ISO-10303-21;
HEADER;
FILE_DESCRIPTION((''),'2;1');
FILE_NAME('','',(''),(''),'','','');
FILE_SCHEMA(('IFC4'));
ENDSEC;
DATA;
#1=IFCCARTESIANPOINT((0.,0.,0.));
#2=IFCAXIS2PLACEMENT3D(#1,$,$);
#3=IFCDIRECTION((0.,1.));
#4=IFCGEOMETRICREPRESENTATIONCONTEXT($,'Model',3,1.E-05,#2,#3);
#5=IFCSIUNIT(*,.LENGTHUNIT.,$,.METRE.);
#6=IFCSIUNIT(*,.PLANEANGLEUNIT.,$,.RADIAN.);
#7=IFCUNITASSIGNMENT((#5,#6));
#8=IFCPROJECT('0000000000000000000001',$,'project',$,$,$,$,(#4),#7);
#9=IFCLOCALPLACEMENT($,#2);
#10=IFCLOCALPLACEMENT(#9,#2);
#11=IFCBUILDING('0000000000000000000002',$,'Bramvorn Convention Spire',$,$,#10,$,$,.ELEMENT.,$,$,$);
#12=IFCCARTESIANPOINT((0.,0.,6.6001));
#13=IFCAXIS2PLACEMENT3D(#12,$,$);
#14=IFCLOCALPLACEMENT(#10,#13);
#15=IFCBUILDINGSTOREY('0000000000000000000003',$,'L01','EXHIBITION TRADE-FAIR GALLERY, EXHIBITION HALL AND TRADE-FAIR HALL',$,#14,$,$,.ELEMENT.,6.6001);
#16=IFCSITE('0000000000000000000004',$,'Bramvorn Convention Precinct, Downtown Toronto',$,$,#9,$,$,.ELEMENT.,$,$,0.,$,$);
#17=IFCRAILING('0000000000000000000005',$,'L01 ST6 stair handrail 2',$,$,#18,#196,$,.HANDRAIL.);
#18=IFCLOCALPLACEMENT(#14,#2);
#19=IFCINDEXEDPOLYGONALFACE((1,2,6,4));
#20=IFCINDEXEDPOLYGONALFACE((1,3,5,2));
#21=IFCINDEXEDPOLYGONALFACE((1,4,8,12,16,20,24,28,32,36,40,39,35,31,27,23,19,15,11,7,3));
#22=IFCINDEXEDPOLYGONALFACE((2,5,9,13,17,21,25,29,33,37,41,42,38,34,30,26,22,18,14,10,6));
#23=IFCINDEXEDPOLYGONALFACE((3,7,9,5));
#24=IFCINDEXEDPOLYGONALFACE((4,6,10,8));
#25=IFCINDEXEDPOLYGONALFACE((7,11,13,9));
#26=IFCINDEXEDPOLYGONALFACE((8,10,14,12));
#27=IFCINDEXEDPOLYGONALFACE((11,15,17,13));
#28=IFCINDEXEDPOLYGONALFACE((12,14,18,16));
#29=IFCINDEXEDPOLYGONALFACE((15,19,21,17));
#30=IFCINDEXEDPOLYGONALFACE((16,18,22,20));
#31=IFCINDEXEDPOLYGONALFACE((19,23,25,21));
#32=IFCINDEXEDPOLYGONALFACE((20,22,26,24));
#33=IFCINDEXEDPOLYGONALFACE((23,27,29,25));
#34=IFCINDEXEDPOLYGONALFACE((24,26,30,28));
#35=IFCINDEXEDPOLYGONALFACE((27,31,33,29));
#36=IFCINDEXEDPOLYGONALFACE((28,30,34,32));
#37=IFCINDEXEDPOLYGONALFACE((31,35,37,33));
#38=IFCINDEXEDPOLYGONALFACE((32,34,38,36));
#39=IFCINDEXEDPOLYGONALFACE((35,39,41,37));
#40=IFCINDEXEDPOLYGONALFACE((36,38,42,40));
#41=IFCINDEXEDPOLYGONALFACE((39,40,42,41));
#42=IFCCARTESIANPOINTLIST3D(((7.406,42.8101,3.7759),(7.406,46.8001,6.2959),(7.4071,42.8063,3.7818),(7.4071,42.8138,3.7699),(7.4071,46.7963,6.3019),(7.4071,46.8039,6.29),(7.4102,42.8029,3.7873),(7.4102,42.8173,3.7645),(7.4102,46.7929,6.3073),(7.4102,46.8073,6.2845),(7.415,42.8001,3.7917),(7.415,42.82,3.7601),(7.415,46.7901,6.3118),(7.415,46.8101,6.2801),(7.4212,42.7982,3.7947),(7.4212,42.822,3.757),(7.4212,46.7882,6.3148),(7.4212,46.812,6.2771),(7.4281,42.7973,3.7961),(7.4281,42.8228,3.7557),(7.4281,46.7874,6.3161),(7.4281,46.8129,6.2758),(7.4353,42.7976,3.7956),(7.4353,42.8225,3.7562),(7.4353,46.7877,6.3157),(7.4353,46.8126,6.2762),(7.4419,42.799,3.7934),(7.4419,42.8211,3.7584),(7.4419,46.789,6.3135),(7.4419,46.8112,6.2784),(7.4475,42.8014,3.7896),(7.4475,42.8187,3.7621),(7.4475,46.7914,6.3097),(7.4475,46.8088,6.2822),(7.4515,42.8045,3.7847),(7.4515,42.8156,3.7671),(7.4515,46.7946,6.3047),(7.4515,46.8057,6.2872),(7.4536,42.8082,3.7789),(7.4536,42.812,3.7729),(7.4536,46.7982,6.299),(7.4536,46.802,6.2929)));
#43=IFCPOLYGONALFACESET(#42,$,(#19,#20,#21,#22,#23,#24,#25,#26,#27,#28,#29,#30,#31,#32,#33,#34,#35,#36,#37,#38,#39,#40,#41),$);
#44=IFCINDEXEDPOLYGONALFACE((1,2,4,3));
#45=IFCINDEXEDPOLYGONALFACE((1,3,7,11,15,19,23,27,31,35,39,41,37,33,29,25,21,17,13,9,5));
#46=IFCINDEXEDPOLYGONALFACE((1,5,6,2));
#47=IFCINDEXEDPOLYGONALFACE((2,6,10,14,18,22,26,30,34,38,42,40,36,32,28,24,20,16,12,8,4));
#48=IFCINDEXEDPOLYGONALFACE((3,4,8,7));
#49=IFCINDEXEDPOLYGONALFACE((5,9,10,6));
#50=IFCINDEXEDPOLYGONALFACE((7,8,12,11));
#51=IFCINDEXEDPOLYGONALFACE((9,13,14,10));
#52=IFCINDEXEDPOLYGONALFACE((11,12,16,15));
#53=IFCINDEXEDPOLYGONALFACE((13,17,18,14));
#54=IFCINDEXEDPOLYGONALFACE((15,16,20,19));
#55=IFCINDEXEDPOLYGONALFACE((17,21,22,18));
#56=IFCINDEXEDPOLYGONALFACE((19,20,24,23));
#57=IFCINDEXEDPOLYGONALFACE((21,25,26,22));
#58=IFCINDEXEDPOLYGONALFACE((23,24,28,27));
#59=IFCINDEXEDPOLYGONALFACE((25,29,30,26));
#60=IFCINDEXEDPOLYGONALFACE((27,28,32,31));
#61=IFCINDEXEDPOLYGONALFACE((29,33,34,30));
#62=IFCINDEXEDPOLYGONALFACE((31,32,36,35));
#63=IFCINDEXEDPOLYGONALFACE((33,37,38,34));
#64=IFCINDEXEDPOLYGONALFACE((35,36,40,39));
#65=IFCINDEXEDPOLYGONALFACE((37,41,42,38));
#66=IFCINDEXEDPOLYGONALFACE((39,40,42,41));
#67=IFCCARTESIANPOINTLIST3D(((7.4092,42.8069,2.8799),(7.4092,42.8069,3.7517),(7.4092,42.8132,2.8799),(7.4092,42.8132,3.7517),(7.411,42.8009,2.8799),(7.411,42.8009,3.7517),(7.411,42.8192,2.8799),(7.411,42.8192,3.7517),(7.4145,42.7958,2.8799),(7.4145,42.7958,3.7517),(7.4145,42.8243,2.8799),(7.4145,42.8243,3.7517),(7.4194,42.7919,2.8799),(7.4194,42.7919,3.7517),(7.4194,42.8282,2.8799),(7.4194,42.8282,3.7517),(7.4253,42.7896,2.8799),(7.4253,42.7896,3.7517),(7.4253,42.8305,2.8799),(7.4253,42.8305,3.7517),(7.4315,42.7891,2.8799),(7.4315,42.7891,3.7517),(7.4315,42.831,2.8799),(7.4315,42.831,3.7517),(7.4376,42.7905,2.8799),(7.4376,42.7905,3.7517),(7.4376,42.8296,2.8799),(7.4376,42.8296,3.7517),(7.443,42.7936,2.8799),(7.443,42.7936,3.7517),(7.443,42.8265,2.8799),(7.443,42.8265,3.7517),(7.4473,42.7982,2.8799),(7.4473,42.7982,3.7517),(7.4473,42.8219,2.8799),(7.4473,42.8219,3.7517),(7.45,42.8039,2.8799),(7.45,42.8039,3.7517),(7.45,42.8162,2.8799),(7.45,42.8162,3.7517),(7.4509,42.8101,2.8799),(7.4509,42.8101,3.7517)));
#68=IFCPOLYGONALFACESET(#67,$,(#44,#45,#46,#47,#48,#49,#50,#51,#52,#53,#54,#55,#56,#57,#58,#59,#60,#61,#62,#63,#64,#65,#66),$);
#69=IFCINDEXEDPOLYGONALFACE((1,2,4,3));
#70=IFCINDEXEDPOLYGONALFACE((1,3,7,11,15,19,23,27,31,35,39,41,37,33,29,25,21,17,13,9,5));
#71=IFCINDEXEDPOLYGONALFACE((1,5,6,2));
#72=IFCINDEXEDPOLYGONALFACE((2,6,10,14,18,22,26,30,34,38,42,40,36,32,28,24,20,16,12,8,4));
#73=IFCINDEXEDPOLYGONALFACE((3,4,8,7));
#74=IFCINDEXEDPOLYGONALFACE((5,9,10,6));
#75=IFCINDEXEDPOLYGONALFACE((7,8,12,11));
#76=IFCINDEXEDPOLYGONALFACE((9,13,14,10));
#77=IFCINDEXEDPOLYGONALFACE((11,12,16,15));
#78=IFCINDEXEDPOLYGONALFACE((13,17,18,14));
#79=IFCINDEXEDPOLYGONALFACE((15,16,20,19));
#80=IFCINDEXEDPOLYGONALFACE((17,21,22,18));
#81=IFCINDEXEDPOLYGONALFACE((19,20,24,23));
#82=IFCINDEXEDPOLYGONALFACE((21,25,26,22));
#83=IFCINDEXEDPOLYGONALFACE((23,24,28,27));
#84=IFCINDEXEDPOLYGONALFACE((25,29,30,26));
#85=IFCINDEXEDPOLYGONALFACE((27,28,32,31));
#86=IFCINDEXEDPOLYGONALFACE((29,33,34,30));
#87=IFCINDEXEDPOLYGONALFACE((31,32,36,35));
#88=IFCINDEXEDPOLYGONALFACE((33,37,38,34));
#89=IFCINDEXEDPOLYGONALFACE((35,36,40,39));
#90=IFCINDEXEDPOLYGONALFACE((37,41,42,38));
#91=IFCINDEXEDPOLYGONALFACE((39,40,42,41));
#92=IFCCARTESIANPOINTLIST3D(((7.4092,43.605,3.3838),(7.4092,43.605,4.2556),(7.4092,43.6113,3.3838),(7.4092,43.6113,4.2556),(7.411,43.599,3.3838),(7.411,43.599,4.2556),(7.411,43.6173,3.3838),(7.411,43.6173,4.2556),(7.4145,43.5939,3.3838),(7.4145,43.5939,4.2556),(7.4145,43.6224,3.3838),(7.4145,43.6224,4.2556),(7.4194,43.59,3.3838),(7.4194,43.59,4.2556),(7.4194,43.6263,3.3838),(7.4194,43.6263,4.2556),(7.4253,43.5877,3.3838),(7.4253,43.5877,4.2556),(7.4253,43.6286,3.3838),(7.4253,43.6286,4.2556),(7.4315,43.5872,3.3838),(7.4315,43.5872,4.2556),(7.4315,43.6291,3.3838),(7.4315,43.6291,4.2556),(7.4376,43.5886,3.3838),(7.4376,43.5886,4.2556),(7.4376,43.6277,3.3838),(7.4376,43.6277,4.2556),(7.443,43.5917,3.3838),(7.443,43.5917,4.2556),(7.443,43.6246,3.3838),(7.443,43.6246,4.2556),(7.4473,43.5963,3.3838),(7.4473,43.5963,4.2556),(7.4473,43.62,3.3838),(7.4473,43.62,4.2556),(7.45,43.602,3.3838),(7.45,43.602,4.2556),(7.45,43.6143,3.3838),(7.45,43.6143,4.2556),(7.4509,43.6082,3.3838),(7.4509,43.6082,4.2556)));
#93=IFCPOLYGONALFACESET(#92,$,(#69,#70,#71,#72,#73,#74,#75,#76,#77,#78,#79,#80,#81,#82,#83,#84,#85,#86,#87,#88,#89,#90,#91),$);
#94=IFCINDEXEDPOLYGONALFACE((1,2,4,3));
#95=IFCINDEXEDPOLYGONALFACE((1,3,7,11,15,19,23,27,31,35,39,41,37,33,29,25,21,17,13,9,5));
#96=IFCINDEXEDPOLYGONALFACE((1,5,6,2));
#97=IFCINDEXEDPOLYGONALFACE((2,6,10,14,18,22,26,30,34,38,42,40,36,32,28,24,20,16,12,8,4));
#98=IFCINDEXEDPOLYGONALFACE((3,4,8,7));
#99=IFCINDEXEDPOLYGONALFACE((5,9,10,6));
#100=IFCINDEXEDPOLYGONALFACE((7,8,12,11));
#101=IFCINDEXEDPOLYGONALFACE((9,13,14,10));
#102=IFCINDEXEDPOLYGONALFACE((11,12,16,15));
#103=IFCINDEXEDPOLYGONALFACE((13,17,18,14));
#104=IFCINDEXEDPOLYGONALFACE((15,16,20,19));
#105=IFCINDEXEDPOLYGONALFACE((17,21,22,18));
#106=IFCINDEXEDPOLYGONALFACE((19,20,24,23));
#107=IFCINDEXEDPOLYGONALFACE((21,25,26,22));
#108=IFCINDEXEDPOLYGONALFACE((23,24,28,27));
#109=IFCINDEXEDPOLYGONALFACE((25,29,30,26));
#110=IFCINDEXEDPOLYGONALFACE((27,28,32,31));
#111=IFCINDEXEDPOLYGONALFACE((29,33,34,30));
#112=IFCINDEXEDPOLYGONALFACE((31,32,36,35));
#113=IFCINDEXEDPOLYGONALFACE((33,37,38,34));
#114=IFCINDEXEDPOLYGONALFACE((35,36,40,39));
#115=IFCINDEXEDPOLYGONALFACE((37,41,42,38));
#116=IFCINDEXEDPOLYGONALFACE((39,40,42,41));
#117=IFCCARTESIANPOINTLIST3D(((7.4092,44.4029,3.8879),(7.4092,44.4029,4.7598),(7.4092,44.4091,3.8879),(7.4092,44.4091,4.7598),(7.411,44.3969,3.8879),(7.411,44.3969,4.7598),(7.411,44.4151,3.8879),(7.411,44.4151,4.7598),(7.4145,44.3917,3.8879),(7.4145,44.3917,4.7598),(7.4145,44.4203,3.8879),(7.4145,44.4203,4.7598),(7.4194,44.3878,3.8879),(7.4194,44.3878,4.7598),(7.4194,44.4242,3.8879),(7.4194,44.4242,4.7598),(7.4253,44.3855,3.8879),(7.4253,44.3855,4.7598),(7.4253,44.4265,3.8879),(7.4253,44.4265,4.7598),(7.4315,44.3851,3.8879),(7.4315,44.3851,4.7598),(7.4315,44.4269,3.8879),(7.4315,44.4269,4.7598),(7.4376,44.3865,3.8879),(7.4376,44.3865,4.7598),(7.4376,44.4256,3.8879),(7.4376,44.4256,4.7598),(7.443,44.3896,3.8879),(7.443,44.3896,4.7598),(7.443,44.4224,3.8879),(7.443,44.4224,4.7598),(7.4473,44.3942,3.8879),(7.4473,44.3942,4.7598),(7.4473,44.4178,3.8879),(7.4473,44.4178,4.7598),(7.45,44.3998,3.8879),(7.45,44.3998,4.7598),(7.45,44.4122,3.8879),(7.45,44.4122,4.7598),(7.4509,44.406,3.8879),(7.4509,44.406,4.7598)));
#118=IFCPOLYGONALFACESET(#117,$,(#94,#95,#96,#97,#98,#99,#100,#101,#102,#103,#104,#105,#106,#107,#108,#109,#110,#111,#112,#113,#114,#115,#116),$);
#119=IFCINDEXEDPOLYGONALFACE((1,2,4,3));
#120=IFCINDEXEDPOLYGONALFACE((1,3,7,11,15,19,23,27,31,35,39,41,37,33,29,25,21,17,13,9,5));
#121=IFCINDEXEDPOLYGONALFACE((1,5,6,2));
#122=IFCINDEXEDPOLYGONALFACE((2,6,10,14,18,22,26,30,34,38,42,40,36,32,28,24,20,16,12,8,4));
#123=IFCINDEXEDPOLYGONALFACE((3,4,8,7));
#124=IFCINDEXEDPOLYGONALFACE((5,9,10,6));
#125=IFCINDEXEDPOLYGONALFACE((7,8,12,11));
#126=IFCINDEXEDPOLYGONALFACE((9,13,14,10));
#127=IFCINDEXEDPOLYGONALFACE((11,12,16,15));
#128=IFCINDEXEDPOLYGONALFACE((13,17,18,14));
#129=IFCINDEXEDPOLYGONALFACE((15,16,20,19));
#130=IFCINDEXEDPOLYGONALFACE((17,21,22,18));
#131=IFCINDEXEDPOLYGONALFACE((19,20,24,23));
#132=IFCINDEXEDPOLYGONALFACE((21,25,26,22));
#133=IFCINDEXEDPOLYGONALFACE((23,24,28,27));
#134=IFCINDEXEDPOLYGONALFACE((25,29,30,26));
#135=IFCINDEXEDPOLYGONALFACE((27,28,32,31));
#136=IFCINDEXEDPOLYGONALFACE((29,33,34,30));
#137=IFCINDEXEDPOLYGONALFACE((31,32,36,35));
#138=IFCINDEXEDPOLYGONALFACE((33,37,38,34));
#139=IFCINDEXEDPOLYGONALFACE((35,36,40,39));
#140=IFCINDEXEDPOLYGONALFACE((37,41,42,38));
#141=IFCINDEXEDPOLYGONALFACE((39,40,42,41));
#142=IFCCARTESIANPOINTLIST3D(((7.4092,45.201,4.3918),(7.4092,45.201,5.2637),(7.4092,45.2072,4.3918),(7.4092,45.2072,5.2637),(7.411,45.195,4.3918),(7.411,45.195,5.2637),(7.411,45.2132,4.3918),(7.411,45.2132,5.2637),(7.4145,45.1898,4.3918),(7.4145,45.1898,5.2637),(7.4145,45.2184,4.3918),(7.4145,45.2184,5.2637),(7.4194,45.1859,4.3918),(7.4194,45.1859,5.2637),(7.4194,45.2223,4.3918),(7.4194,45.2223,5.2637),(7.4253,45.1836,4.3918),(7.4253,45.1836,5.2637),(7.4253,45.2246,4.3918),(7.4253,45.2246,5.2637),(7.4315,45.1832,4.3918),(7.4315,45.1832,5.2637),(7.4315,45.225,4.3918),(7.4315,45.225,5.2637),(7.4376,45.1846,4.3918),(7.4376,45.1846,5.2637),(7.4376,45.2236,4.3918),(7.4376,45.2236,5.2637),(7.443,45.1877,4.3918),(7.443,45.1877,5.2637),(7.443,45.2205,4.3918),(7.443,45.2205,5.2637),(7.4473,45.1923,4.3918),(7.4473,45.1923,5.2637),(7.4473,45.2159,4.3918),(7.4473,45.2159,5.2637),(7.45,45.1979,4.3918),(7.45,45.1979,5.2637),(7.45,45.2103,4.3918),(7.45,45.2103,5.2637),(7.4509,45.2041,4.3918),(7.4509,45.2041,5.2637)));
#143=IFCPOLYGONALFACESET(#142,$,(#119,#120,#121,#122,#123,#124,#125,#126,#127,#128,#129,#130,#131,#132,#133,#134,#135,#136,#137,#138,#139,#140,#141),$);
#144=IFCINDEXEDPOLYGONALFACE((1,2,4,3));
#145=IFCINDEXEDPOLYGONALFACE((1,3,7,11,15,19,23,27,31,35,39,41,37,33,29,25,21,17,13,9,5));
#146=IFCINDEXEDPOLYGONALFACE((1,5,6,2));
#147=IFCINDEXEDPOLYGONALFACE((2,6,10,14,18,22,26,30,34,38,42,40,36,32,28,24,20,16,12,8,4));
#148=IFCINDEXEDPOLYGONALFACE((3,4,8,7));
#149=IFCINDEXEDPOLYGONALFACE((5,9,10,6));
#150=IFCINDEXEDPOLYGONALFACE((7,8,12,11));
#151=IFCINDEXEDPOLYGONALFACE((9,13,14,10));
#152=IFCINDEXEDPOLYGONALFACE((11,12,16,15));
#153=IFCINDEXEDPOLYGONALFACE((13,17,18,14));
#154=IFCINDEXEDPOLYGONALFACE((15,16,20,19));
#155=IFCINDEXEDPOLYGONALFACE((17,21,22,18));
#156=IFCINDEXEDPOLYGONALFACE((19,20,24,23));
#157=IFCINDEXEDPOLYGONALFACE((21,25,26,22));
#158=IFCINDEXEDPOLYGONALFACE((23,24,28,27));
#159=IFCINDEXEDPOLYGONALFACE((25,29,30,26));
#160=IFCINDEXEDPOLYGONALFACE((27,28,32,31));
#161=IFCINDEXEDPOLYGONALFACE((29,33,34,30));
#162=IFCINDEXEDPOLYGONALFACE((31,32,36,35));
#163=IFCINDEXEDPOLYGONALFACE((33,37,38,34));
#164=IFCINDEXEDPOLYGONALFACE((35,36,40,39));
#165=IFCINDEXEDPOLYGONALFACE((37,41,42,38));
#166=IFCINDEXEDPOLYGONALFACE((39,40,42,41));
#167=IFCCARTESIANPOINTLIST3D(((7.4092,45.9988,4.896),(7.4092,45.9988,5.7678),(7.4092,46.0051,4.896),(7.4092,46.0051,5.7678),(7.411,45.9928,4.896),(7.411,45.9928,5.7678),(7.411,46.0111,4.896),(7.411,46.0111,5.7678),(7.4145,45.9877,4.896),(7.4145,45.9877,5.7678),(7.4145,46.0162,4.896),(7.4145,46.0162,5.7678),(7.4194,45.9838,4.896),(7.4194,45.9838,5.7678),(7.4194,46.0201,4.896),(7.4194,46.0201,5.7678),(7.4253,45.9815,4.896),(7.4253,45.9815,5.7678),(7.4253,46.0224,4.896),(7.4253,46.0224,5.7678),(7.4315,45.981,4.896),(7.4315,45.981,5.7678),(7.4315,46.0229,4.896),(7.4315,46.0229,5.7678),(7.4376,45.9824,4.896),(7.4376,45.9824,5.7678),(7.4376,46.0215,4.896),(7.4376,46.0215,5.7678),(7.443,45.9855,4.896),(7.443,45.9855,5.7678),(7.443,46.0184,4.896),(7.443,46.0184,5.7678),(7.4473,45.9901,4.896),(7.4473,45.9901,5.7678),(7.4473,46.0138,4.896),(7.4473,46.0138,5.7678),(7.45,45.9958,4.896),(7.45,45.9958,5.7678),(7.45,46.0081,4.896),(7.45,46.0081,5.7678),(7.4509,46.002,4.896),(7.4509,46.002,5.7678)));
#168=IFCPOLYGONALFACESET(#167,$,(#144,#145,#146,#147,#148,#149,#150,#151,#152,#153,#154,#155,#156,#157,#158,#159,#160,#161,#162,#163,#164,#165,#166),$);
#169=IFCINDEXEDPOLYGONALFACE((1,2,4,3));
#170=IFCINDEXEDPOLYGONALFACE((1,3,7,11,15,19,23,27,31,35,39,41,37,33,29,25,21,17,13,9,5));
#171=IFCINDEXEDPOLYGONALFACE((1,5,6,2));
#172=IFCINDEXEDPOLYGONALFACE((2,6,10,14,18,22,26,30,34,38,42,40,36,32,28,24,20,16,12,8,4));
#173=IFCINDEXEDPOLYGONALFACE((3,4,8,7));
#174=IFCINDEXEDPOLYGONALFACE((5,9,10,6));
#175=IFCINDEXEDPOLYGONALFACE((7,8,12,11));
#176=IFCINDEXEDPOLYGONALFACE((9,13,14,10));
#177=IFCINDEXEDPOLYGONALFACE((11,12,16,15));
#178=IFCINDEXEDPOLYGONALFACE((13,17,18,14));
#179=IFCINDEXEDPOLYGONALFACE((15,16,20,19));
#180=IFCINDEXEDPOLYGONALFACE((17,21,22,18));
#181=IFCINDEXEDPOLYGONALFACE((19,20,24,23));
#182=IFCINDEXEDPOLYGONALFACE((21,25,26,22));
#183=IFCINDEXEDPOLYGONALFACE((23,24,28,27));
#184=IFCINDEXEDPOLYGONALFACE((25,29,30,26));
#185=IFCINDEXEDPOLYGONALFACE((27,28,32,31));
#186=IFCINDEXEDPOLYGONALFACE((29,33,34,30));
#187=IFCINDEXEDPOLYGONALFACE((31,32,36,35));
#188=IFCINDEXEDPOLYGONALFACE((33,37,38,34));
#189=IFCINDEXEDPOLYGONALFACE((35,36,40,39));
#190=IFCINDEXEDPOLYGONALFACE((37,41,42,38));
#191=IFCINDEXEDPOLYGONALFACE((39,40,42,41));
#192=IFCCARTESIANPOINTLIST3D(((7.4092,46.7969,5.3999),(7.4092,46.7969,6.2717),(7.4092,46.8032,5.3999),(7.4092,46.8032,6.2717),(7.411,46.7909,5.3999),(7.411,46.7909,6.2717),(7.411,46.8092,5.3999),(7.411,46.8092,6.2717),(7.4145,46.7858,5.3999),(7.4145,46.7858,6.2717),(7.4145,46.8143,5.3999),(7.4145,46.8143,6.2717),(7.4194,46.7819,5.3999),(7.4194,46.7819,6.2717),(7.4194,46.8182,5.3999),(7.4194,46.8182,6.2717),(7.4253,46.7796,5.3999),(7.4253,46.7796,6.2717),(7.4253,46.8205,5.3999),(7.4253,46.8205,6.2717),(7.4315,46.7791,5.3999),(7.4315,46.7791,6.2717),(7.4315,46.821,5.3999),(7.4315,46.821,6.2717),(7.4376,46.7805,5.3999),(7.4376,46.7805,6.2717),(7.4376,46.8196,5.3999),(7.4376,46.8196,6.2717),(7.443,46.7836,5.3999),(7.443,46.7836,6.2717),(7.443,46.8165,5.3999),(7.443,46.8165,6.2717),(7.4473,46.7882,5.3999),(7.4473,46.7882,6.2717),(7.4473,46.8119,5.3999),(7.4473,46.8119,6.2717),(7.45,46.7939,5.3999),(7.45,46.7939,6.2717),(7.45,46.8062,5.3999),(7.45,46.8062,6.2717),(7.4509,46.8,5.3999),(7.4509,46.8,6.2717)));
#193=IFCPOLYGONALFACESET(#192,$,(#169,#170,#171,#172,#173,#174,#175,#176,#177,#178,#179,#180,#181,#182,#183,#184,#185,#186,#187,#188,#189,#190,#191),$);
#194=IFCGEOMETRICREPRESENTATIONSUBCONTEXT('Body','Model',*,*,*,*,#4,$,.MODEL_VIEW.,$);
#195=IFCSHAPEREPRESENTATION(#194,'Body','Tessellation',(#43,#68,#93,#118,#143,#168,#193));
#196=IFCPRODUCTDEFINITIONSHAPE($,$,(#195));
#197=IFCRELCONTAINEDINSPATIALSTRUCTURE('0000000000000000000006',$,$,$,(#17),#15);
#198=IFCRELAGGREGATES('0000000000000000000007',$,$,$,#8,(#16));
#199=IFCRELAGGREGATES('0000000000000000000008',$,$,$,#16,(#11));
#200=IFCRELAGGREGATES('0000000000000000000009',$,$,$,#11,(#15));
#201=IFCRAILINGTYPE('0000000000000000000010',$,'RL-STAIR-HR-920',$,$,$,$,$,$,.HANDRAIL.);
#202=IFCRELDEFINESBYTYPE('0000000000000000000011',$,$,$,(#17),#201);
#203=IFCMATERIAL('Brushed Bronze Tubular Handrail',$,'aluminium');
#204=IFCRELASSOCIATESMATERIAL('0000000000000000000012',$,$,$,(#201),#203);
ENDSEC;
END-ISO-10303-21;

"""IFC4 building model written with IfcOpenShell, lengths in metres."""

from ifc_helpers import new_model, si_unit, direction, frame, origin, origin_2d, place, context, subcontext, project, spatial, circle, extrude, material, type_object, element, save


model = new_model("IFC4")

# Units and contexts
model_context = context("Model", 3, precision=1e-05, world=origin(), true_north=direction((0.0, 1.0)))
body_context = subcontext(model_context, "Body", "Model", "MODEL_VIEW")
ifc_project = project(units=[si_unit("LENGTHUNIT", "METRE"), si_unit("PLANEANGLEUNIT", "RADIAN")], contexts=[model_context])

# Site, building, storey
site_placement = place(None, origin())
site = spatial("IfcSite", under=ifc_project, at=site_placement, Name="Bramvorn Convention Precinct, Downtown Toronto", CompositionType="ELEMENT", RefElevation=0.0)
building_placement = place(site_placement, origin())
building = spatial("IfcBuilding", under=site, at=building_placement, Name="Bramvorn Convention Spire", CompositionType="ELEMENT")
storey_placement = place(building_placement, frame((0.0, 0.0, 6.6001)))
storey = spatial("IfcBuildingStorey", under=building, at=storey_placement, Name="L01", Description="EXHIBITION TRADE-FAIR GALLERY, EXHIBITION HALL AND TRADE-FAIR HALL", CompositionType="ELEMENT", Elevation=6.6001)

# Railing
ifc_material_1 = material(Name="Brushed Bronze Tubular Handrail", Category="aluminium")
railing_type_1 = type_object("IfcRailingType", Name="RL-STAIR-HR-920", PredefinedType="HANDRAIL", material=ifc_material_1)
railing_1_placement = place(storey_placement, frame((7.4299, 42.8101, 2.8799)))
element("IfcRailing", 1, at=railing_1_placement, inside=storey, type_object=railing_type_1, Name="L01 ST6 stair handrail 2", PredefinedType="HANDRAIL", context=body_context, shape_type="SweptSolid", body=[
    extrude(circle(Radius=0.0239, at=origin_2d()), frame((0.0, 0.0, 0.896), z_axis=(0.0, 0.845486, 0.533997), x_axis=(-1.0, 0.0, 0.0)), (0.0, 0.0, 1.0), 4.7192),
    extrude(circle(Radius=0.021, at=origin_2d()), origin(), (0.0, 0.0, 1.0), 0.8718),
    extrude(circle(Radius=0.021, at=origin_2d()), frame((0.0, 0.7981, 0.5039)), (0.0, 0.0, 1.0), 0.8718),
    extrude(circle(Radius=0.021, at=origin_2d()), frame((0.0, 1.5959, 1.0081)), (0.0, 0.0, 1.0), 0.8718),
    extrude(circle(Radius=0.021, at=origin_2d()), frame((0.0, 2.394, 1.512)), (0.0, 0.0, 1.0), 0.8718),
    extrude(circle(Radius=0.021, at=origin_2d()), frame((0.0, 3.1919, 2.0161)), (0.0, 0.0, 1.0), 0.8718),
    extrude(circle(Radius=0.021, at=origin_2d()), frame((0.0, 3.99, 2.52)), (0.0, 0.0, 1.0), 0.8718),
])

save(model, "model.ifc")
